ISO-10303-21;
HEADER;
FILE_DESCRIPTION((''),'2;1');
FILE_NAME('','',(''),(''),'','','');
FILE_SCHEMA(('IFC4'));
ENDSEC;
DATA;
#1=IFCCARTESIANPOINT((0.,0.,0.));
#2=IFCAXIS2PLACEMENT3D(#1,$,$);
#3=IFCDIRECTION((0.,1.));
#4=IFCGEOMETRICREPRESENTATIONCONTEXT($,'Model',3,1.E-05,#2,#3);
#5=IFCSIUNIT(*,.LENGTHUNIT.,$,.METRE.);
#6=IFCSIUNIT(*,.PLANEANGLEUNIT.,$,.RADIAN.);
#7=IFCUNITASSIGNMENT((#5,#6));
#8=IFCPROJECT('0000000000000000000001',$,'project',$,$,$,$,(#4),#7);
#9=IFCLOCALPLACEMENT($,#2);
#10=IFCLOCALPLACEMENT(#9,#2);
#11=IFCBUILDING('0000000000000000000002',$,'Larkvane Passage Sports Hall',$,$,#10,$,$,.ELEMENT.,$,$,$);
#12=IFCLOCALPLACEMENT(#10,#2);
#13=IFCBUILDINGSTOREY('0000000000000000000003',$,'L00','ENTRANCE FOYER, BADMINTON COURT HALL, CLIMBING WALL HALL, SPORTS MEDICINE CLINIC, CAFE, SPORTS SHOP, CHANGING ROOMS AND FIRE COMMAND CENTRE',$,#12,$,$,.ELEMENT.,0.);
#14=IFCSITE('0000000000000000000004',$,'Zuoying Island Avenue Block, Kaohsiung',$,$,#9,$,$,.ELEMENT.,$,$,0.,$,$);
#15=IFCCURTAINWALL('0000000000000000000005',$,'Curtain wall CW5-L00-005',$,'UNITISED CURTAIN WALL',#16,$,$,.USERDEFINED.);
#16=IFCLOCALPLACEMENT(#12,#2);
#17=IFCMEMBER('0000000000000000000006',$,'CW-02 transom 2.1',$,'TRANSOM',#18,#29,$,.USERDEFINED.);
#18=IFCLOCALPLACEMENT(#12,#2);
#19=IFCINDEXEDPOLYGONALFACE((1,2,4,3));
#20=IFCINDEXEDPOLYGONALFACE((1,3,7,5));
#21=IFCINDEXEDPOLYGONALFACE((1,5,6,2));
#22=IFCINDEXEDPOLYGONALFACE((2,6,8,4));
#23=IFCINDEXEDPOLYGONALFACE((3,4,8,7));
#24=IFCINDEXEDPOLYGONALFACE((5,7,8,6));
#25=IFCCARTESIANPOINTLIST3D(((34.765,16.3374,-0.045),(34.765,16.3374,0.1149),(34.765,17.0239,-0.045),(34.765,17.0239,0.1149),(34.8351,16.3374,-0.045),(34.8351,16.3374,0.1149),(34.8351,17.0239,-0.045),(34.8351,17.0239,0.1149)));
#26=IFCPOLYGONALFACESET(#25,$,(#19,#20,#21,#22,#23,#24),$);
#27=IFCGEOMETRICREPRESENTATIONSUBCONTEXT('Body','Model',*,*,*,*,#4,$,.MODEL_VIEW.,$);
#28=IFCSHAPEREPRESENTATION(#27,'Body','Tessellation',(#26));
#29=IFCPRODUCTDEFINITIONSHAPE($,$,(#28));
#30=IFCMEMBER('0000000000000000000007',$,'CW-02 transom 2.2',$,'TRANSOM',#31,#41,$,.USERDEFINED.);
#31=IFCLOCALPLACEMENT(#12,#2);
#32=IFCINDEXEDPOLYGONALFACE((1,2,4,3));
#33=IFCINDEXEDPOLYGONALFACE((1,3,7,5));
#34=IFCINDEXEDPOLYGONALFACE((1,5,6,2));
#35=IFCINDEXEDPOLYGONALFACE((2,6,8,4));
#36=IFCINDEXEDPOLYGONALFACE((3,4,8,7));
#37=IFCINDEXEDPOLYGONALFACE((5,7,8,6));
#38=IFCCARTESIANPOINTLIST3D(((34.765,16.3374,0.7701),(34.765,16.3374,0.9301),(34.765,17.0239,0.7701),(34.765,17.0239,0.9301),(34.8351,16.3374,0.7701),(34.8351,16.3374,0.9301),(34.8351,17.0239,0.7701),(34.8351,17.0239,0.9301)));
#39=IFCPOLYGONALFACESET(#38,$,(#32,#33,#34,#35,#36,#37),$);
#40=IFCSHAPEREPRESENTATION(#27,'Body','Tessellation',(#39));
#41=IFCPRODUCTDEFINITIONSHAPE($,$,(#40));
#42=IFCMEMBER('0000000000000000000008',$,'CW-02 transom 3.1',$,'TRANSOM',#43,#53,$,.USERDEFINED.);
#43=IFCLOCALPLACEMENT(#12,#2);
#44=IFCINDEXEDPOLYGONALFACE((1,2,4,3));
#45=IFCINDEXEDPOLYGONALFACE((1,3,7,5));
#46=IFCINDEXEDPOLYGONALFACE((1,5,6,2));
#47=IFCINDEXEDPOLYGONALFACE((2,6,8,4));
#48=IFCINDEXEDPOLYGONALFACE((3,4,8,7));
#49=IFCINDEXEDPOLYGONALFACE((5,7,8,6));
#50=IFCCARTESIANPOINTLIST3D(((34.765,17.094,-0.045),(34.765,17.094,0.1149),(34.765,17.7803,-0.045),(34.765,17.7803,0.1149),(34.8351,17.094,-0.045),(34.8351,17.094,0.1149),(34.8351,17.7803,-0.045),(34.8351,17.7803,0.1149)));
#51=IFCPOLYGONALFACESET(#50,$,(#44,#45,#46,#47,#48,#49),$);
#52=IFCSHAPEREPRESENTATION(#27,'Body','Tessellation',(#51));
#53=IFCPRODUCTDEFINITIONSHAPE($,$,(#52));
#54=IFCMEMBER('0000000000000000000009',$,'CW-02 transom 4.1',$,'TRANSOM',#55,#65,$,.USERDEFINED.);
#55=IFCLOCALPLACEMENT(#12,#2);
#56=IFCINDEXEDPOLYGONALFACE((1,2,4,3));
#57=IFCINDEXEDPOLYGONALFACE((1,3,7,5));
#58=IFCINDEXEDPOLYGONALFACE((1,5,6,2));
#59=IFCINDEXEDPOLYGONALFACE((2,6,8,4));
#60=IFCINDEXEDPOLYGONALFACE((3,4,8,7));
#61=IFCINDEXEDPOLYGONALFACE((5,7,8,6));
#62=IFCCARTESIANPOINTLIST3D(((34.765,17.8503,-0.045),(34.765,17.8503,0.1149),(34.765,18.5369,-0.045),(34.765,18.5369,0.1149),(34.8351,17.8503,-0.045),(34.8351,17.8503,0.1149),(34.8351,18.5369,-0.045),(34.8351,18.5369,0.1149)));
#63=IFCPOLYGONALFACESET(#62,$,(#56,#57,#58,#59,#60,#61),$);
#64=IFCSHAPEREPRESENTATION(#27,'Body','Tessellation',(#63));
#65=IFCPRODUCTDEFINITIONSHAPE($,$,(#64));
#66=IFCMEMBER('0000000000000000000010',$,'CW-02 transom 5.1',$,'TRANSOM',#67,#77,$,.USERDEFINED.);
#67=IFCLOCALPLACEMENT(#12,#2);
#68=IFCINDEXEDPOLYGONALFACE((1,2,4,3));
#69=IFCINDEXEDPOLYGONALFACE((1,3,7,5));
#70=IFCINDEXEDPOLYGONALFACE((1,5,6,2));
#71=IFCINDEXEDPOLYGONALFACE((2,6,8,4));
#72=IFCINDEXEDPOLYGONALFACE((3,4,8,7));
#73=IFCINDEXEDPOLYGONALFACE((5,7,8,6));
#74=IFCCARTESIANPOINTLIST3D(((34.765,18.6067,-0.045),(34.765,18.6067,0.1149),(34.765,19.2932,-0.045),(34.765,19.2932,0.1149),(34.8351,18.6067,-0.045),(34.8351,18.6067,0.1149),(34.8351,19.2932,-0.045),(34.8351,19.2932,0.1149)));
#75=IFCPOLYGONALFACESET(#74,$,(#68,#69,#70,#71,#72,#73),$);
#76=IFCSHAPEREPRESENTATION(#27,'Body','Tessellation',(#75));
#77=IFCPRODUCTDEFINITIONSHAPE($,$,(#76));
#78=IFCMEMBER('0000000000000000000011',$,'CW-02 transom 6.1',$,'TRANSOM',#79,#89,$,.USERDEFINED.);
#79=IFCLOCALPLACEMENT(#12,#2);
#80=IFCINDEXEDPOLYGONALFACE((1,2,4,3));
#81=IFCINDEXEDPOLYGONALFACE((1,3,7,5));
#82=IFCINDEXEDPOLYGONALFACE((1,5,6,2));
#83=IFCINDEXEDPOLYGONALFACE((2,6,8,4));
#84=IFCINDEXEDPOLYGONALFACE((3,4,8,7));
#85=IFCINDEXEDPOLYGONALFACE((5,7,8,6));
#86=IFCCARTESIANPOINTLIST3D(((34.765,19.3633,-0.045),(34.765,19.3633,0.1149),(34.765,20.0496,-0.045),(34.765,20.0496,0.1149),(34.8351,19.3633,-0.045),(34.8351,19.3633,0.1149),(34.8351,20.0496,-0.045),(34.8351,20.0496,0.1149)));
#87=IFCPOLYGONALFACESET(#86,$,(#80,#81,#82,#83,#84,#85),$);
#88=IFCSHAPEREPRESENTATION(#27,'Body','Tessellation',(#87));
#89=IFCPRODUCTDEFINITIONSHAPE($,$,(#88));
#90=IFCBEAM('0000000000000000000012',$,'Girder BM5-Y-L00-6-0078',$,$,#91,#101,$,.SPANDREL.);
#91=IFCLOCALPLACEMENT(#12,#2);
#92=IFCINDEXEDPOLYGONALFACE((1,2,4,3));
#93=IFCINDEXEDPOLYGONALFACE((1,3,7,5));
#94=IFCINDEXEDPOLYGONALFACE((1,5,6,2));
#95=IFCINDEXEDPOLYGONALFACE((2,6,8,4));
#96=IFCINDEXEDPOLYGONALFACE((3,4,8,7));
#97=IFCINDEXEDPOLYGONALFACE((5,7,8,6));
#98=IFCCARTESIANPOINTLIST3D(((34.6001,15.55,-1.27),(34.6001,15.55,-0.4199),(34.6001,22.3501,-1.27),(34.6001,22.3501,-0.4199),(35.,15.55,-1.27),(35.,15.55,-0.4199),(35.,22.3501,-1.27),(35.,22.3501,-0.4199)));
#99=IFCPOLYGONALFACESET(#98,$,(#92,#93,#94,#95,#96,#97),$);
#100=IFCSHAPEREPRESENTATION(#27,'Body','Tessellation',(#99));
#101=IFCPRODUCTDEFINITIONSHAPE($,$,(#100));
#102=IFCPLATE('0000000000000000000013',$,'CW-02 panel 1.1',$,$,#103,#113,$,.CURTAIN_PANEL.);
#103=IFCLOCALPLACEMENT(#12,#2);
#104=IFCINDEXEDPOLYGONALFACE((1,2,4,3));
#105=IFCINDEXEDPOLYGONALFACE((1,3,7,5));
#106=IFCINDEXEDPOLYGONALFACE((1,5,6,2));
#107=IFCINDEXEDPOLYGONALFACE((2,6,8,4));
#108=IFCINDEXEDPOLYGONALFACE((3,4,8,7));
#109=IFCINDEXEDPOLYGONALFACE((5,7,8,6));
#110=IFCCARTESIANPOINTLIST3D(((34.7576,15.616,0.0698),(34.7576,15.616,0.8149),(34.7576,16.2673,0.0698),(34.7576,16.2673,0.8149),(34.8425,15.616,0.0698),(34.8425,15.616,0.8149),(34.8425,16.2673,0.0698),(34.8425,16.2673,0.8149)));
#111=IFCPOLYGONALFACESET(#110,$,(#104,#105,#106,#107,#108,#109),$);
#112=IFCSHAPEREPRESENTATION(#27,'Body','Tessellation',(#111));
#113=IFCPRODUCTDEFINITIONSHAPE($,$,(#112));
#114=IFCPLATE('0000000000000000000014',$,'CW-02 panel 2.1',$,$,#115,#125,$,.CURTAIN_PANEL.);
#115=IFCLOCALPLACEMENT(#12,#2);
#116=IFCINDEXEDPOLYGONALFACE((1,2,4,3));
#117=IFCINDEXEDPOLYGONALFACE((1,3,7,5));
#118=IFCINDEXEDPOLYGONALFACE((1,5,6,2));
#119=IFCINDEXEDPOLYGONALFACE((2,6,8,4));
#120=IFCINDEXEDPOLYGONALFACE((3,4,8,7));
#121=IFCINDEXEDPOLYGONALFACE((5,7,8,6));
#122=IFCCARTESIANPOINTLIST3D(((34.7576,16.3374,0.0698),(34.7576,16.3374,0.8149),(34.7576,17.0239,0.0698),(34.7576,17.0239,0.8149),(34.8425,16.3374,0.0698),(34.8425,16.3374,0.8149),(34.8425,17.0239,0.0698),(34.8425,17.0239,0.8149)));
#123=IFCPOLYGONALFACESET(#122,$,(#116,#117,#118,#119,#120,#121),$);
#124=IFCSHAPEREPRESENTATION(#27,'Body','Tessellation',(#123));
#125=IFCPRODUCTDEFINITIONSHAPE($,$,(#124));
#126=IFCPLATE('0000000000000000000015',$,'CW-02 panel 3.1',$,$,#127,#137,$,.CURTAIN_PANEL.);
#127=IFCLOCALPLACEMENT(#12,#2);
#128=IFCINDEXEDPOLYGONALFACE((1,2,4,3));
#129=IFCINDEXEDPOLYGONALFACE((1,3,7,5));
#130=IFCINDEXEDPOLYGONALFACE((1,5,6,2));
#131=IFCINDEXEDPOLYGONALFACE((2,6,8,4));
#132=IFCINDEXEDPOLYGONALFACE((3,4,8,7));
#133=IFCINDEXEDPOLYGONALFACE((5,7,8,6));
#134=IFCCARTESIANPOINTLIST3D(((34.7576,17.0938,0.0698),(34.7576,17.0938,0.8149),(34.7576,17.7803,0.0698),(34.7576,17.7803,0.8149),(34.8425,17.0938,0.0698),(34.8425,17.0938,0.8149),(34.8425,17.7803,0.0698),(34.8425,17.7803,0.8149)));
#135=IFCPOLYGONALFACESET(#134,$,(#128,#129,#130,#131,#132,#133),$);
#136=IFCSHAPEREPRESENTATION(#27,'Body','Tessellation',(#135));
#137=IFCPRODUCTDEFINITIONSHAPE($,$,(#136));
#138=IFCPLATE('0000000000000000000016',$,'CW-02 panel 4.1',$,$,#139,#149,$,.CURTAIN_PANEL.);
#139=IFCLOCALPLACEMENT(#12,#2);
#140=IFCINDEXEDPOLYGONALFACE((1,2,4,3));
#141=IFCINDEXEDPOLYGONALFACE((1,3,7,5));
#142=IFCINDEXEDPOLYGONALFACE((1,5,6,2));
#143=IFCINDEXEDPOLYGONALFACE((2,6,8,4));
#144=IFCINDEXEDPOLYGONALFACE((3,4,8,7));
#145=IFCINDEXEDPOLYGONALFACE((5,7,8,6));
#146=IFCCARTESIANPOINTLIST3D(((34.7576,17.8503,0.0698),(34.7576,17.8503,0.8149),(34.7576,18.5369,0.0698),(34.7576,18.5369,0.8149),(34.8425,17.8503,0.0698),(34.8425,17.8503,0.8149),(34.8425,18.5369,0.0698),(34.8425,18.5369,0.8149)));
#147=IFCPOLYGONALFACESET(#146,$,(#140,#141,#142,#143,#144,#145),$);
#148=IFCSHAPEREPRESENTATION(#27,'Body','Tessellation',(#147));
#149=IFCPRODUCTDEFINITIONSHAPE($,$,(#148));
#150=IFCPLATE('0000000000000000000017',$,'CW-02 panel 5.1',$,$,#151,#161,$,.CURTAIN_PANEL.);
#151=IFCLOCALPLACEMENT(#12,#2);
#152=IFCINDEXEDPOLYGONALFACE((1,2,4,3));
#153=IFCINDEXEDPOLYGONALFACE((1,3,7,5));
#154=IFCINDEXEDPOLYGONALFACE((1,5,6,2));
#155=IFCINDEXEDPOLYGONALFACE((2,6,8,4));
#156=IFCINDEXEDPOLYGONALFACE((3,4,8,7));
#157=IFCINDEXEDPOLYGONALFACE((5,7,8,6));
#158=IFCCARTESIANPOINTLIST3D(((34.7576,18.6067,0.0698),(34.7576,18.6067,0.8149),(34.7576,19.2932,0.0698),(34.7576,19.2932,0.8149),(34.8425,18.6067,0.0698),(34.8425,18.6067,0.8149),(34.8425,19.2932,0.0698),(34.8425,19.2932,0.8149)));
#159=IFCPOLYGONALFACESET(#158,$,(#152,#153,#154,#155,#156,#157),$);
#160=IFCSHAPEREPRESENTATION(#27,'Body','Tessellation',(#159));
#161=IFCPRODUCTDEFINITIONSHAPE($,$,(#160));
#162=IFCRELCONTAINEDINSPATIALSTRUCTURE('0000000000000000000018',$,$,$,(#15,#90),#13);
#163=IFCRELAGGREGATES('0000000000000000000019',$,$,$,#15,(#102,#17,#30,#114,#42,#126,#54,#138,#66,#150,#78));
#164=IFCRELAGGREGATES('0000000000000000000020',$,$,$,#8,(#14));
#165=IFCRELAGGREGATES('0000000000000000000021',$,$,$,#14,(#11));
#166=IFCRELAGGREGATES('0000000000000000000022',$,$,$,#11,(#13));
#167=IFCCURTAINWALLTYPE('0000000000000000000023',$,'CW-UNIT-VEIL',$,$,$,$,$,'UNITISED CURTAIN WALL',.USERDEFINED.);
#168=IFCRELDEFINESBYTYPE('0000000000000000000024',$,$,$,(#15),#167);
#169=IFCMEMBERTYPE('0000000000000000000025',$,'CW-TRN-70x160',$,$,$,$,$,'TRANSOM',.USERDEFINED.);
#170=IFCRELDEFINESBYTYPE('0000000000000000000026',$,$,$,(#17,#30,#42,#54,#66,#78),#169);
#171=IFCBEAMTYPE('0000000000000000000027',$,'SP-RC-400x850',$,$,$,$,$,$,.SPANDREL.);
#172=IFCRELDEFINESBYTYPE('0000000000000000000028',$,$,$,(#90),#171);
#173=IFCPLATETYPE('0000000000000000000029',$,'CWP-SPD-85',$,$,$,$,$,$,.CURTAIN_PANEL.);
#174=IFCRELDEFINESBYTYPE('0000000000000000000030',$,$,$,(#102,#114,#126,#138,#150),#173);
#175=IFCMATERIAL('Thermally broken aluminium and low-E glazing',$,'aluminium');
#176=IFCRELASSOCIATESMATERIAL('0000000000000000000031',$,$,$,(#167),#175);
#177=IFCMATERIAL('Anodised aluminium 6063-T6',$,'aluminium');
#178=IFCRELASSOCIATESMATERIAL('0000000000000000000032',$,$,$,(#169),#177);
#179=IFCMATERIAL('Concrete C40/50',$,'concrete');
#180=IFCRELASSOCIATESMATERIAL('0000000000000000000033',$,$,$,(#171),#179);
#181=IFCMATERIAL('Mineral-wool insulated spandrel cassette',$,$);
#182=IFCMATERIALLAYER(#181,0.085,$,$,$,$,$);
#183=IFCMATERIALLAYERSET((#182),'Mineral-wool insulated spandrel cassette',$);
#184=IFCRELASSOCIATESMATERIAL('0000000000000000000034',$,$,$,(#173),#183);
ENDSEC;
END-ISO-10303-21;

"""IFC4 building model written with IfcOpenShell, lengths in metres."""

from ifc_helpers import new_model, si_unit, direction, frame, origin, origin_2d, place, context, subcontext, project, spatial, rectangle, extrude, material, layer, layer_set, material_profile, profile_set, type_object, element, aggregate, save


model = new_model("IFC4")

# Units and contexts
model_context = context("Model", 3, precision=1e-05, world=origin(), true_north=direction((0.0, 1.0)))
body_context = subcontext(model_context, "Body", "Model", "MODEL_VIEW")
ifc_project = project(units=[si_unit("LENGTHUNIT", "METRE"), si_unit("PLANEANGLEUNIT", "RADIAN")], contexts=[model_context])

# Site, building, storey
site_placement = place(None, origin())
site = spatial("IfcSite", under=ifc_project, at=site_placement, Name="Zuoying Island Avenue Block, Kaohsiung", CompositionType="ELEMENT", RefElevation=0.0)
building_placement = place(site_placement, origin())
building = spatial("IfcBuilding", under=site, at=building_placement, Name="Larkvane Passage Sports Hall", CompositionType="ELEMENT")
storey_placement = place(building_placement, origin())
storey = spatial("IfcBuildingStorey", under=building, at=storey_placement, Name="L00", Description="ENTRANCE FOYER, BADMINTON COURT HALL, CLIMBING WALL HALL, SPORTS MEDICINE CLINIC, CAFE, SPORTS SHOP, CHANGING ROOMS AND FIRE COMMAND CENTRE", CompositionType="ELEMENT", Elevation=0.0)

# Shared definitions
ifc_material_1 = material(Name="Thermally broken aluminium and low-E glazing", Category="aluminium")
ifc_material_2 = material(Name="Anodised aluminium 6063-T6", Category="aluminium")

# Curtain wall, members
curtain_wall_type_1 = type_object("IfcCurtainWallType", Name="CW-UNIT-VEIL", ElementType="UNITISED CURTAIN WALL", PredefinedType="USERDEFINED", material=ifc_material_1)
curtain_wall_1_placement = place(storey_placement, origin())
curtain_wall_1 = element("IfcCurtainWall", 1, at=curtain_wall_1_placement, inside=storey, type_object=curtain_wall_type_1, Name="Curtain wall CW5-L00-005", ObjectType="UNITISED CURTAIN WALL", PredefinedType="USERDEFINED")
ifc_material_profile_1 = material_profile(ifc_material_2, rectangle(XDim=0.0701, YDim=0.1599, at=origin_2d()), Name="ALU-TRN-70x160")
ifc_profile_set_1 = profile_set([ifc_material_profile_1], Name="Anodised aluminium 6063-T6")
member_type_1 = type_object("IfcMemberType", Name="CW-TRN-70x160", ElementType="TRANSOM", PredefinedType="USERDEFINED", material=ifc_profile_set_1)
member_1_placement = place(storey_placement, frame((34.8, 16.3374, 0.0349), z_axis=(0.0, 1.0, 0.0), x_axis=(-1.0, 0.0, 0.0)))
member_1 = element("IfcMember", 2, at=member_1_placement, type_object=member_type_1, Name="CW-02 transom 2.1", ObjectType="TRANSOM", PredefinedType="USERDEFINED", context=body_context, shape_type="SweptSolid", body=[
    extrude(rectangle(XDim=0.0701, YDim=0.1599, at=origin_2d()), origin(), (0.0, 0.0, 1.0), 0.6865),
])
member_2_placement = place(storey_placement, frame((34.8, 16.3374, 0.8501), z_axis=(0.0, 1.0, 0.0), x_axis=(-1.0, 0.0, 0.0)))
member_2 = element("IfcMember", 3, at=member_2_placement, type_object=member_type_1, Name="CW-02 transom 2.2", ObjectType="TRANSOM", PredefinedType="USERDEFINED", context=body_context, shape_type="SweptSolid", body=[
    extrude(rectangle(XDim=0.0701, YDim=0.1599, at=origin_2d()), origin(), (0.0, 0.0, 1.0), 0.6865),
])
member_3_placement = place(storey_placement, frame((34.8, 17.094, 0.0349), z_axis=(0.0, 1.0, 0.0), x_axis=(-1.0, 0.0, 0.0)))
member_3 = element("IfcMember", 4, at=member_3_placement, type_object=member_type_1, Name="CW-02 transom 3.1", ObjectType="TRANSOM", PredefinedType="USERDEFINED", context=body_context, shape_type="SweptSolid", body=[
    extrude(rectangle(XDim=0.0701, YDim=0.1599, at=origin_2d()), origin(), (0.0, 0.0, 1.0), 0.6863),
])
member_4_placement = place(storey_placement, frame((34.8, 17.8503, 0.0349), z_axis=(0.0, 1.0, 0.0), x_axis=(-1.0, 0.0, 0.0)))
member_4 = element("IfcMember", 5, at=member_4_placement, type_object=member_type_1, Name="CW-02 transom 4.1", ObjectType="TRANSOM", PredefinedType="USERDEFINED", context=body_context, shape_type="SweptSolid", body=[
    extrude(rectangle(XDim=0.0701, YDim=0.1599, at=origin_2d()), origin(), (0.0, 0.0, 1.0), 0.6865),
])
member_5_placement = place(storey_placement, frame((34.8, 18.6067, 0.0349), z_axis=(0.0, 1.0, 0.0), x_axis=(-1.0, 0.0, 0.0)))
member_5 = element("IfcMember", 6, at=member_5_placement, type_object=member_type_1, Name="CW-02 transom 5.1", ObjectType="TRANSOM", PredefinedType="USERDEFINED", context=body_context, shape_type="SweptSolid", body=[
    extrude(rectangle(XDim=0.0701, YDim=0.1599, at=origin_2d()), origin(), (0.0, 0.0, 1.0), 0.6865),
])
member_6_placement = place(storey_placement, frame((34.8, 19.3633, 0.0349), z_axis=(0.0, 1.0, 0.0), x_axis=(-1.0, 0.0, 0.0)))
member_6 = element("IfcMember", 7, at=member_6_placement, type_object=member_type_1, Name="CW-02 transom 6.1", ObjectType="TRANSOM", PredefinedType="USERDEFINED", context=body_context, shape_type="SweptSolid", body=[
    extrude(rectangle(XDim=0.0701, YDim=0.1599, at=origin_2d()), origin(), (0.0, 0.0, 1.0), 0.6863),
])

# Beam
ifc_material_3 = material(Name="Concrete C40/50", Category="concrete")
ifc_material_profile_2 = material_profile(ifc_material_3, rectangle(XDim=0.3999, YDim=0.8501, at=origin_2d()), Name="RC-SP-400x850")
ifc_profile_set_2 = profile_set([ifc_material_profile_2], Name="Concrete C40/50")
beam_type = type_object("IfcBeamType", Name="SP-RC-400x850", PredefinedType="SPANDREL", material=ifc_profile_set_2)
beam_placement = place(storey_placement, frame((34.8, 15.55, -0.845), z_axis=(0.0, 1.0, 0.0), x_axis=(-1.0, 0.0, 0.0)))
element("IfcBeam", 8, at=beam_placement, inside=storey, type_object=beam_type, Name="Girder BM5-Y-L00-6-0078", PredefinedType="SPANDREL", context=body_context, shape_type="SweptSolid", body=[
    extrude(rectangle(XDim=0.3999, YDim=0.8501, at=origin_2d()), origin(), (0.0, 0.0, 1.0), 6.8),
])

# Plates
ifc_material_4 = material(Name="Mineral-wool insulated spandrel cassette")
ifc_layer = layer(ifc_material_4, 0.085)
ifc_layer_set = layer_set([ifc_layer], Name="Mineral-wool insulated spandrel cassette")
plate_type = type_object("IfcPlateType", Name="CWP-SPD-85", PredefinedType="CURTAIN_PANEL", material=ifc_layer_set)
plate_1_placement = place(storey_placement, frame((34.8, 15.9417, 0.0698), z_axis=(0.0, 0.0, 1.0), x_axis=(0.0, 1.0, 0.0)))
plate_1 = element("IfcPlate", 9, at=plate_1_placement, type_object=plate_type, Name="CW-02 panel 1.1", PredefinedType="CURTAIN_PANEL", context=body_context, shape_type="SweptSolid", body=[
    extrude(rectangle(XDim=0.6514, YDim=0.085, at=origin_2d()), origin(), (0.0, 0.0, 1.0), 0.7451),
])
plate_2_placement = place(storey_placement, frame((34.8, 16.6807, 0.0698), z_axis=(0.0, 0.0, 1.0), x_axis=(0.0, 1.0, 0.0)))
plate_2 = element("IfcPlate", 10, at=plate_2_placement, type_object=plate_type, Name="CW-02 panel 2.1", PredefinedType="CURTAIN_PANEL", context=body_context, shape_type="SweptSolid", body=[
    extrude(rectangle(XDim=0.6865, YDim=0.085, at=origin_2d()), origin(), (0.0, 0.0, 1.0), 0.7451),
])
plate_3_placement = place(storey_placement, frame((34.8, 17.437, 0.0698), z_axis=(0.0, 0.0, 1.0), x_axis=(0.0, 1.0, 0.0)))
plate_3 = element("IfcPlate", 11, at=plate_3_placement, type_object=plate_type, Name="CW-02 panel 3.1", PredefinedType="CURTAIN_PANEL", context=body_context, shape_type="SweptSolid", body=[
    extrude(rectangle(XDim=0.6865, YDim=0.085, at=origin_2d()), origin(), (0.0, 0.0, 1.0), 0.7451),
])
plate_4_placement = place(storey_placement, frame((34.8, 18.1936, 0.0698), z_axis=(0.0, 0.0, 1.0), x_axis=(0.0, 1.0, 0.0)))
plate_4 = element("IfcPlate", 12, at=plate_4_placement, type_object=plate_type, Name="CW-02 panel 4.1", PredefinedType="CURTAIN_PANEL", context=body_context, shape_type="SweptSolid", body=[
    extrude(rectangle(XDim=0.6865, YDim=0.085, at=origin_2d()), origin(), (0.0, 0.0, 1.0), 0.7451),
])
plate_5_placement = place(storey_placement, frame((34.8, 18.95, 0.0698), z_axis=(0.0, 0.0, 1.0), x_axis=(0.0, 1.0, 0.0)))
plate_5 = element("IfcPlate", 13, at=plate_5_placement, type_object=plate_type, Name="CW-02 panel 5.1", PredefinedType="CURTAIN_PANEL", context=body_context, shape_type="SweptSolid", body=[
    extrude(rectangle(XDim=0.6865, YDim=0.085, at=origin_2d()), origin(), (0.0, 0.0, 1.0), 0.7451),
])
aggregate(curtain_wall_1, [plate_1, member_1, member_2, plate_2, member_3, plate_3, member_4, plate_4, member_5, plate_5, member_6])

save(model, "model.ifc")
